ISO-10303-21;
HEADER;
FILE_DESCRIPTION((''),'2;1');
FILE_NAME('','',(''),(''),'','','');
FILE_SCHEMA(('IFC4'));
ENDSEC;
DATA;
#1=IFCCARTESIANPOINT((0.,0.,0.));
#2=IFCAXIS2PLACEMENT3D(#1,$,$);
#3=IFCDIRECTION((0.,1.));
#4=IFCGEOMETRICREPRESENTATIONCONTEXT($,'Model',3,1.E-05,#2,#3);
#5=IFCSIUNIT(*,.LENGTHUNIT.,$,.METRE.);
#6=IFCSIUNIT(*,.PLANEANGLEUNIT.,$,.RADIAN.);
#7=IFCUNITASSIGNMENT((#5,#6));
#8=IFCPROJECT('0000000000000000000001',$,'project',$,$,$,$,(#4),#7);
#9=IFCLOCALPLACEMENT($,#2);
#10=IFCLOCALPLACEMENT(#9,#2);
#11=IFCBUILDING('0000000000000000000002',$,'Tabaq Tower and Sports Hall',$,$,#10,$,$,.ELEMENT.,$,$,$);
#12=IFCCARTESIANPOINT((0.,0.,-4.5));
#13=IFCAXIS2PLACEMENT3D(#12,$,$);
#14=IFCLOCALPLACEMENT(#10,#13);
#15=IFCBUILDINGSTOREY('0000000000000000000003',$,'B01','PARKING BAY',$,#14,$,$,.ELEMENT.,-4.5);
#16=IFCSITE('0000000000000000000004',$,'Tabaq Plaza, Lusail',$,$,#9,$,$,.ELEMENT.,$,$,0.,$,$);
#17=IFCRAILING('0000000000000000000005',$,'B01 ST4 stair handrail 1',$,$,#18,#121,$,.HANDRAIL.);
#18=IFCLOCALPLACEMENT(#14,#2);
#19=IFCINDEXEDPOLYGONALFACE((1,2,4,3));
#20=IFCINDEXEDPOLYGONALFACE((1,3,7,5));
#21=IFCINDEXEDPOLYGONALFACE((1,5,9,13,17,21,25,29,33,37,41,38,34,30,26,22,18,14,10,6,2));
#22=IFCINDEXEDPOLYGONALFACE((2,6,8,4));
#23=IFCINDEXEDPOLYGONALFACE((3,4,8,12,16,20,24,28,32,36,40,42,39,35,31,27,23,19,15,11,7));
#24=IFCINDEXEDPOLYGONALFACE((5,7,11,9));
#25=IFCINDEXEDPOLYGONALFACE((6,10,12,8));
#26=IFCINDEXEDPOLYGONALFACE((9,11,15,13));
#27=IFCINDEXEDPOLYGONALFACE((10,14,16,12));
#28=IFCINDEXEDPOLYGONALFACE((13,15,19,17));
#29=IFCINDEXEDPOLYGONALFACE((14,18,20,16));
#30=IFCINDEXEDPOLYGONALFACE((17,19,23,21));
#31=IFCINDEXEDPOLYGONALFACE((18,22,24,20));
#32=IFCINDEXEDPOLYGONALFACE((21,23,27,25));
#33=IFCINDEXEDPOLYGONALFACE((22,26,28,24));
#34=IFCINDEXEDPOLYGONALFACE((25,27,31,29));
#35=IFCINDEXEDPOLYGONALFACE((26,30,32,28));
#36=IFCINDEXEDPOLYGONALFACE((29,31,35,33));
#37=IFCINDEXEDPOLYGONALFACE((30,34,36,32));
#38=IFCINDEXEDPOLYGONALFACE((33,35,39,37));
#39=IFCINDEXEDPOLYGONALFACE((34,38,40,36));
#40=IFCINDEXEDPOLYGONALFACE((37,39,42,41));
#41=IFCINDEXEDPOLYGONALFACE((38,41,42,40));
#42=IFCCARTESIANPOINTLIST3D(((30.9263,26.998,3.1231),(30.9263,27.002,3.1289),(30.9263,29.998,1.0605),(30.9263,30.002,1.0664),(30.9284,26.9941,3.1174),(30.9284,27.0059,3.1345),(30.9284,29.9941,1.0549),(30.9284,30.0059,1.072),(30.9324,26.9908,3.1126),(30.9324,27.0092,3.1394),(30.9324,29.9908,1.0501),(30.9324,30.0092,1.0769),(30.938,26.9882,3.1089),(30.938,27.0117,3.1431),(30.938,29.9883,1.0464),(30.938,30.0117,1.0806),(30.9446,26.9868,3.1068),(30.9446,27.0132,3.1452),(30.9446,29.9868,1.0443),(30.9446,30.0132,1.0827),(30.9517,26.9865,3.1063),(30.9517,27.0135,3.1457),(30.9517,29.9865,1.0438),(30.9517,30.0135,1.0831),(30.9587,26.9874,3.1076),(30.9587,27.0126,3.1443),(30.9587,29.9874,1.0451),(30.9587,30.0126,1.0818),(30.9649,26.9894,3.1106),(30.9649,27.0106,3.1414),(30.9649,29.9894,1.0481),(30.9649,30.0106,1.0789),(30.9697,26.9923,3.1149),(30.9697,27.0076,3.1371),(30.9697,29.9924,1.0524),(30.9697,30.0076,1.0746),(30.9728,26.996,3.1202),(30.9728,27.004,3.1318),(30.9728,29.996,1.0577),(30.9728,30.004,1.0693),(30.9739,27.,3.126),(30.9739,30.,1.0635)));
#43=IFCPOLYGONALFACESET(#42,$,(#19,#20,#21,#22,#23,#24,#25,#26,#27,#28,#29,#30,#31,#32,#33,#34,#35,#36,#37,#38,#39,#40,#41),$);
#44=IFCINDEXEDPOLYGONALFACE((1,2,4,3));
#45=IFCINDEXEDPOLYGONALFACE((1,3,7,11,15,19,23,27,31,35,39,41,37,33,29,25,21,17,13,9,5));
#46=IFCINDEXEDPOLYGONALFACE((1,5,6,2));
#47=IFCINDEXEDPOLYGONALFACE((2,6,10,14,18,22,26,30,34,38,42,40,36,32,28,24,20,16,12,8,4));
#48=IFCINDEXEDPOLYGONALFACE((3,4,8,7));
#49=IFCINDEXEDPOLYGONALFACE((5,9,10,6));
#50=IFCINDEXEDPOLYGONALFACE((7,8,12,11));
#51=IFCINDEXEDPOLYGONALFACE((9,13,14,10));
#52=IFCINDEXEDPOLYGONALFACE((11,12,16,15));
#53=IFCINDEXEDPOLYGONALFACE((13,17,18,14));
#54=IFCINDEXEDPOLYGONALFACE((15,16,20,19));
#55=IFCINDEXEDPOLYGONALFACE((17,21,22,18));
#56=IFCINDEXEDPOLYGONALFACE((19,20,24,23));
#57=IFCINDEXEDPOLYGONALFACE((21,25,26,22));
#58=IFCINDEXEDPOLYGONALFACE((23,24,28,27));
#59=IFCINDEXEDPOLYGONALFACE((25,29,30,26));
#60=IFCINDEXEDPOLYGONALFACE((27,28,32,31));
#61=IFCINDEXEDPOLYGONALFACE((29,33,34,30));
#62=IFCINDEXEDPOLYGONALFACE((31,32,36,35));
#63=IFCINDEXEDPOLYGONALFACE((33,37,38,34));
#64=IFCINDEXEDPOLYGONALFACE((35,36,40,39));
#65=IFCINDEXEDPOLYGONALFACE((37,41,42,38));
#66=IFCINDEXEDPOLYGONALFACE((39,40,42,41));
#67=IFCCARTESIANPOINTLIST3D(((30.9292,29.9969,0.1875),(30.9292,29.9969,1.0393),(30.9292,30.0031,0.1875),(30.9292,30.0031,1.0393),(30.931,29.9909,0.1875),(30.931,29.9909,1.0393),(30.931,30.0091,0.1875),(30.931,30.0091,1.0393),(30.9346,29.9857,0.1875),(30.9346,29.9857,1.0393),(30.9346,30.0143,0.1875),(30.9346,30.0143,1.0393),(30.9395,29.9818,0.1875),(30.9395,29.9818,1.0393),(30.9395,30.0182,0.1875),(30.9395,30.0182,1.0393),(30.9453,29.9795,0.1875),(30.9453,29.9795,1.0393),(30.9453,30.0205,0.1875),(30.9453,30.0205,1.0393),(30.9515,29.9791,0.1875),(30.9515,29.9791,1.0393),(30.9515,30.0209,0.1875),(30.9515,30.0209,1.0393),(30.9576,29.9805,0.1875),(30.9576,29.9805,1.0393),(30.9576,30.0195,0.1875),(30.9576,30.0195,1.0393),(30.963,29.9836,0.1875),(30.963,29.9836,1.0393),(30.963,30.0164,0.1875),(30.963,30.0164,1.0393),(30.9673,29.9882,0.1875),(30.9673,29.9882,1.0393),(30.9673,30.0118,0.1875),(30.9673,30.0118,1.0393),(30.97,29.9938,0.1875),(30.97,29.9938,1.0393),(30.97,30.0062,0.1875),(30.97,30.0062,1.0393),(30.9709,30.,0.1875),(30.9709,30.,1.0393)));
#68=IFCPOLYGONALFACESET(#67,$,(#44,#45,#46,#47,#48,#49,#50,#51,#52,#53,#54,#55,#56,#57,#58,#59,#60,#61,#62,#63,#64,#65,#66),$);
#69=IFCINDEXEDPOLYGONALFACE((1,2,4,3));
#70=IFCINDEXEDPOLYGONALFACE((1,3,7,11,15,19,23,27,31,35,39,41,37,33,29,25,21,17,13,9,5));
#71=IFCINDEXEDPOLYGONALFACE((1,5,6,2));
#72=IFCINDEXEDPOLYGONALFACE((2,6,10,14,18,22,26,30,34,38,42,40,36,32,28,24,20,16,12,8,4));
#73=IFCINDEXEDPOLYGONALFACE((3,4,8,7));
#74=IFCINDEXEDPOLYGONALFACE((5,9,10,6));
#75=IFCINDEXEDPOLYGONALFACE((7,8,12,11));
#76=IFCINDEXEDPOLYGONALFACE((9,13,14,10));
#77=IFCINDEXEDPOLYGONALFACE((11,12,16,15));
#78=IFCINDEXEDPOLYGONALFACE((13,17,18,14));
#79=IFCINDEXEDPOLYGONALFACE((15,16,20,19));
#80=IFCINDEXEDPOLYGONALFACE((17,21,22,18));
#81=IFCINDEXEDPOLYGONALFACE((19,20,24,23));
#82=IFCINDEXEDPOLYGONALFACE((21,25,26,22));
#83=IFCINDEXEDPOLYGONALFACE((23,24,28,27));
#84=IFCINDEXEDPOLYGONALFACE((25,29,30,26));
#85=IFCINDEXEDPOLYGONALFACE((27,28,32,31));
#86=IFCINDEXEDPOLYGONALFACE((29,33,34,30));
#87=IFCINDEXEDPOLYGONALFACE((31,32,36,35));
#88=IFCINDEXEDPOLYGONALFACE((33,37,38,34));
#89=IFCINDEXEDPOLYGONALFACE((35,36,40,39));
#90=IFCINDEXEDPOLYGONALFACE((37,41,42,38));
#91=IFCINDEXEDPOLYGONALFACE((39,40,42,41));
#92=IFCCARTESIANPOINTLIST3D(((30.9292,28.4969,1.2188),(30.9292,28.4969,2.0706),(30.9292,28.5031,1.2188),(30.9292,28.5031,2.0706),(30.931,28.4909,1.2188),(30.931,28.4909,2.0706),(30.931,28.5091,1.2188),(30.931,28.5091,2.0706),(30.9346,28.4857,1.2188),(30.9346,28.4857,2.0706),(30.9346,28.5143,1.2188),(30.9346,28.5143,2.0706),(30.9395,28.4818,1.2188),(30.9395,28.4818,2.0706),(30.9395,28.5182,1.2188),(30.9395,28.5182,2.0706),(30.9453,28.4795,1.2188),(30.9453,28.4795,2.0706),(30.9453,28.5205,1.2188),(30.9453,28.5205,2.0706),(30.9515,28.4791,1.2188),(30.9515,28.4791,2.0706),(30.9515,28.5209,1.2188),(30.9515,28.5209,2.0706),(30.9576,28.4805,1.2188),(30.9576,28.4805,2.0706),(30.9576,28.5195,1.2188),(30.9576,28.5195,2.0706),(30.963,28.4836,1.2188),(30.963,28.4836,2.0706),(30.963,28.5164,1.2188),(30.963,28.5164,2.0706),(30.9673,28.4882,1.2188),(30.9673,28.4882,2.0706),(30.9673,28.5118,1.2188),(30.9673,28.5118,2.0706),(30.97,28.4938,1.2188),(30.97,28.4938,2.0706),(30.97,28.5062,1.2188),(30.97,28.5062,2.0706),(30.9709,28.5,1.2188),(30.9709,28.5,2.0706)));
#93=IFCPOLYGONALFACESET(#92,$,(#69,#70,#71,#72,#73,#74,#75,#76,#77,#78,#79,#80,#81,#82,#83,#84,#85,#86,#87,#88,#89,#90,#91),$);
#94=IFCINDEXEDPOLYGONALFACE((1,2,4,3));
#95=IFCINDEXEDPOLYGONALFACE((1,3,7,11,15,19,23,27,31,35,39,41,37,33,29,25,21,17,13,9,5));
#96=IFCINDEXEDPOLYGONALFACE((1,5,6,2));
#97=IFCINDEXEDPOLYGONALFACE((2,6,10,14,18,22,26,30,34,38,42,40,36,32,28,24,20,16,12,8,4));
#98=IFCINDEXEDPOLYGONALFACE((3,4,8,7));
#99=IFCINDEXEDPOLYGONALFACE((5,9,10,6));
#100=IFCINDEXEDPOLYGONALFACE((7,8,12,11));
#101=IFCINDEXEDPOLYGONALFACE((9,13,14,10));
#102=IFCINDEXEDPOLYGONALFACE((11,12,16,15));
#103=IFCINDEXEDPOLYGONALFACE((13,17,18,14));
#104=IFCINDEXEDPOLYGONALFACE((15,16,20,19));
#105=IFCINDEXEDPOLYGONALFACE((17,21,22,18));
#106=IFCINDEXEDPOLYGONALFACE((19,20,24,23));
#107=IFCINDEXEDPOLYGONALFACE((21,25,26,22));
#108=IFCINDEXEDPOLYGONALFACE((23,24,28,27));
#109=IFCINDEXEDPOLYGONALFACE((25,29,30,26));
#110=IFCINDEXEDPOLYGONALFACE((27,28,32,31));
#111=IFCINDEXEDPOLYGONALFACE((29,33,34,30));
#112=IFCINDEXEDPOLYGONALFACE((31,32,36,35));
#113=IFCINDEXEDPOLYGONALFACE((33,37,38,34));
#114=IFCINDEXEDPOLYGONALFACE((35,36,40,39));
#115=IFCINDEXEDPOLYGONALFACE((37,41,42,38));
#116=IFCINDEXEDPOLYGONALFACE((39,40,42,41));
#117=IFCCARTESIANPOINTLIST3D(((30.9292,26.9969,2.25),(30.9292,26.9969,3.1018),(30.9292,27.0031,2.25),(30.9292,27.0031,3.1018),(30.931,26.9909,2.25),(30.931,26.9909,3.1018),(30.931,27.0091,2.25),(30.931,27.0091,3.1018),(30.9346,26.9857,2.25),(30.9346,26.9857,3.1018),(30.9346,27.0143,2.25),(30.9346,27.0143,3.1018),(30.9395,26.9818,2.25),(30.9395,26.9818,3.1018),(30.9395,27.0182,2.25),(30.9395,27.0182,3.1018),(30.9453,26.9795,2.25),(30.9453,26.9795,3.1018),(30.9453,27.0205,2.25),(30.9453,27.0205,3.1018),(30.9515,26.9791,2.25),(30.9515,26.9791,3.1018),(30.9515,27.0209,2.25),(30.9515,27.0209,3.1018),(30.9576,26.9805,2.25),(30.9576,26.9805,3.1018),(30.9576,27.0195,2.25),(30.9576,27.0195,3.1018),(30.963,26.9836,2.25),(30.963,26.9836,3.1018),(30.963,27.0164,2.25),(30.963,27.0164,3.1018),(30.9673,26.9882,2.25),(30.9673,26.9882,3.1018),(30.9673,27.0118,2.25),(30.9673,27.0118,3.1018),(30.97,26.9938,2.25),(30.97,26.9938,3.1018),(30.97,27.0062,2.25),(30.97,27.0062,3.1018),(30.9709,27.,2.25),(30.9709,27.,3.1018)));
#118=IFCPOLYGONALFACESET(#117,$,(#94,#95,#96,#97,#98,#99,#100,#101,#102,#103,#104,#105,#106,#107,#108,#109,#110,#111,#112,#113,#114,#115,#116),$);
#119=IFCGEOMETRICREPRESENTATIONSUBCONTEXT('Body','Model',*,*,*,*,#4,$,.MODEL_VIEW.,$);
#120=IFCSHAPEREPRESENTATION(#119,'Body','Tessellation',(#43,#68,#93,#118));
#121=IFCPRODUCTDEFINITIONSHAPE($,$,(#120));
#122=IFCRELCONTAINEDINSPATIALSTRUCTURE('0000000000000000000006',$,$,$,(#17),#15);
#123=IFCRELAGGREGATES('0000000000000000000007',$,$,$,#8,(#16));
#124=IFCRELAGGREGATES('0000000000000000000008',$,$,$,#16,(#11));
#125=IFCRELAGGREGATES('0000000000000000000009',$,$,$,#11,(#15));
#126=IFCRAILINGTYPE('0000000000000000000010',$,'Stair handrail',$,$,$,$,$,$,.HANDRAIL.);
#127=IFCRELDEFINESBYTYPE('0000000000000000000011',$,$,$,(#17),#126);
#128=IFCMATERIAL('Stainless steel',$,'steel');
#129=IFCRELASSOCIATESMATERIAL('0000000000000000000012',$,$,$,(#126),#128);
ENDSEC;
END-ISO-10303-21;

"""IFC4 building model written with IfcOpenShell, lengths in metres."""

from ifc_helpers import new_model, si_unit, direction, frame, origin, origin_2d, place, context, subcontext, project, spatial, circle, extrude, material, type_object, element, save


model = new_model("IFC4")

# Units and contexts
model_context = context("Model", 3, precision=1e-05, world=origin(), true_north=direction((0.0, 1.0)))
body_context = subcontext(model_context, "Body", "Model", "MODEL_VIEW")
ifc_project = project(units=[si_unit("LENGTHUNIT", "METRE"), si_unit("PLANEANGLEUNIT", "RADIAN")], contexts=[model_context])

# Site, building, storey
site_placement = place(None, origin())
site = spatial("IfcSite", under=ifc_project, at=site_placement, Name="Tabaq Plaza, Lusail", CompositionType="ELEMENT", RefElevation=0.0)
building_placement = place(site_placement, origin())
building = spatial("IfcBuilding", under=site, at=building_placement, Name="Tabaq Tower and Sports Hall", CompositionType="ELEMENT")
storey_placement = place(building_placement, frame((0.0, 0.0, -4.5)))
storey = spatial("IfcBuildingStorey", under=building, at=storey_placement, Name="B01", Description="PARKING BAY", CompositionType="ELEMENT", Elevation=-4.5)

# Railing
ifc_material_1 = material(Name="Stainless steel", Category="steel")
railing_type_1 = type_object("IfcRailingType", Name="Stair handrail", PredefinedType="HANDRAIL", material=ifc_material_1)
for number, where, name in (
    (1, (30.95, 30.0, 0.1875), "B01 ST4 stair handrail 1"),
):
    element("IfcRailing", number, at=place(storey_placement, frame(where)), inside=storey, type_object=railing_type_1, Name=name, PredefinedType="HANDRAIL", context=body_context, shape_type="SweptSolid", body=[
        extrude(circle(Radius=0.0239, at=origin_2d()), frame((0.0, 0.0, 0.876), z_axis=(0.0, -0.824042, 0.566529), x_axis=(1.0, 0.0, 0.0)), (0.0, 0.0, 1.0), 3.6406),
        extrude(circle(Radius=0.021, at=origin_2d()), origin(), (0.0, 0.0, 1.0), 0.8518),
        extrude(circle(Radius=0.021, at=origin_2d()), frame((0.0, -1.5, 1.0312)), (0.0, 0.0, 1.0), 0.8518),
        extrude(circle(Radius=0.021, at=origin_2d()), frame((0.0, -3.0, 2.0625)), (0.0, 0.0, 1.0), 0.8518),
    ])

save(model, "model.ifc")
